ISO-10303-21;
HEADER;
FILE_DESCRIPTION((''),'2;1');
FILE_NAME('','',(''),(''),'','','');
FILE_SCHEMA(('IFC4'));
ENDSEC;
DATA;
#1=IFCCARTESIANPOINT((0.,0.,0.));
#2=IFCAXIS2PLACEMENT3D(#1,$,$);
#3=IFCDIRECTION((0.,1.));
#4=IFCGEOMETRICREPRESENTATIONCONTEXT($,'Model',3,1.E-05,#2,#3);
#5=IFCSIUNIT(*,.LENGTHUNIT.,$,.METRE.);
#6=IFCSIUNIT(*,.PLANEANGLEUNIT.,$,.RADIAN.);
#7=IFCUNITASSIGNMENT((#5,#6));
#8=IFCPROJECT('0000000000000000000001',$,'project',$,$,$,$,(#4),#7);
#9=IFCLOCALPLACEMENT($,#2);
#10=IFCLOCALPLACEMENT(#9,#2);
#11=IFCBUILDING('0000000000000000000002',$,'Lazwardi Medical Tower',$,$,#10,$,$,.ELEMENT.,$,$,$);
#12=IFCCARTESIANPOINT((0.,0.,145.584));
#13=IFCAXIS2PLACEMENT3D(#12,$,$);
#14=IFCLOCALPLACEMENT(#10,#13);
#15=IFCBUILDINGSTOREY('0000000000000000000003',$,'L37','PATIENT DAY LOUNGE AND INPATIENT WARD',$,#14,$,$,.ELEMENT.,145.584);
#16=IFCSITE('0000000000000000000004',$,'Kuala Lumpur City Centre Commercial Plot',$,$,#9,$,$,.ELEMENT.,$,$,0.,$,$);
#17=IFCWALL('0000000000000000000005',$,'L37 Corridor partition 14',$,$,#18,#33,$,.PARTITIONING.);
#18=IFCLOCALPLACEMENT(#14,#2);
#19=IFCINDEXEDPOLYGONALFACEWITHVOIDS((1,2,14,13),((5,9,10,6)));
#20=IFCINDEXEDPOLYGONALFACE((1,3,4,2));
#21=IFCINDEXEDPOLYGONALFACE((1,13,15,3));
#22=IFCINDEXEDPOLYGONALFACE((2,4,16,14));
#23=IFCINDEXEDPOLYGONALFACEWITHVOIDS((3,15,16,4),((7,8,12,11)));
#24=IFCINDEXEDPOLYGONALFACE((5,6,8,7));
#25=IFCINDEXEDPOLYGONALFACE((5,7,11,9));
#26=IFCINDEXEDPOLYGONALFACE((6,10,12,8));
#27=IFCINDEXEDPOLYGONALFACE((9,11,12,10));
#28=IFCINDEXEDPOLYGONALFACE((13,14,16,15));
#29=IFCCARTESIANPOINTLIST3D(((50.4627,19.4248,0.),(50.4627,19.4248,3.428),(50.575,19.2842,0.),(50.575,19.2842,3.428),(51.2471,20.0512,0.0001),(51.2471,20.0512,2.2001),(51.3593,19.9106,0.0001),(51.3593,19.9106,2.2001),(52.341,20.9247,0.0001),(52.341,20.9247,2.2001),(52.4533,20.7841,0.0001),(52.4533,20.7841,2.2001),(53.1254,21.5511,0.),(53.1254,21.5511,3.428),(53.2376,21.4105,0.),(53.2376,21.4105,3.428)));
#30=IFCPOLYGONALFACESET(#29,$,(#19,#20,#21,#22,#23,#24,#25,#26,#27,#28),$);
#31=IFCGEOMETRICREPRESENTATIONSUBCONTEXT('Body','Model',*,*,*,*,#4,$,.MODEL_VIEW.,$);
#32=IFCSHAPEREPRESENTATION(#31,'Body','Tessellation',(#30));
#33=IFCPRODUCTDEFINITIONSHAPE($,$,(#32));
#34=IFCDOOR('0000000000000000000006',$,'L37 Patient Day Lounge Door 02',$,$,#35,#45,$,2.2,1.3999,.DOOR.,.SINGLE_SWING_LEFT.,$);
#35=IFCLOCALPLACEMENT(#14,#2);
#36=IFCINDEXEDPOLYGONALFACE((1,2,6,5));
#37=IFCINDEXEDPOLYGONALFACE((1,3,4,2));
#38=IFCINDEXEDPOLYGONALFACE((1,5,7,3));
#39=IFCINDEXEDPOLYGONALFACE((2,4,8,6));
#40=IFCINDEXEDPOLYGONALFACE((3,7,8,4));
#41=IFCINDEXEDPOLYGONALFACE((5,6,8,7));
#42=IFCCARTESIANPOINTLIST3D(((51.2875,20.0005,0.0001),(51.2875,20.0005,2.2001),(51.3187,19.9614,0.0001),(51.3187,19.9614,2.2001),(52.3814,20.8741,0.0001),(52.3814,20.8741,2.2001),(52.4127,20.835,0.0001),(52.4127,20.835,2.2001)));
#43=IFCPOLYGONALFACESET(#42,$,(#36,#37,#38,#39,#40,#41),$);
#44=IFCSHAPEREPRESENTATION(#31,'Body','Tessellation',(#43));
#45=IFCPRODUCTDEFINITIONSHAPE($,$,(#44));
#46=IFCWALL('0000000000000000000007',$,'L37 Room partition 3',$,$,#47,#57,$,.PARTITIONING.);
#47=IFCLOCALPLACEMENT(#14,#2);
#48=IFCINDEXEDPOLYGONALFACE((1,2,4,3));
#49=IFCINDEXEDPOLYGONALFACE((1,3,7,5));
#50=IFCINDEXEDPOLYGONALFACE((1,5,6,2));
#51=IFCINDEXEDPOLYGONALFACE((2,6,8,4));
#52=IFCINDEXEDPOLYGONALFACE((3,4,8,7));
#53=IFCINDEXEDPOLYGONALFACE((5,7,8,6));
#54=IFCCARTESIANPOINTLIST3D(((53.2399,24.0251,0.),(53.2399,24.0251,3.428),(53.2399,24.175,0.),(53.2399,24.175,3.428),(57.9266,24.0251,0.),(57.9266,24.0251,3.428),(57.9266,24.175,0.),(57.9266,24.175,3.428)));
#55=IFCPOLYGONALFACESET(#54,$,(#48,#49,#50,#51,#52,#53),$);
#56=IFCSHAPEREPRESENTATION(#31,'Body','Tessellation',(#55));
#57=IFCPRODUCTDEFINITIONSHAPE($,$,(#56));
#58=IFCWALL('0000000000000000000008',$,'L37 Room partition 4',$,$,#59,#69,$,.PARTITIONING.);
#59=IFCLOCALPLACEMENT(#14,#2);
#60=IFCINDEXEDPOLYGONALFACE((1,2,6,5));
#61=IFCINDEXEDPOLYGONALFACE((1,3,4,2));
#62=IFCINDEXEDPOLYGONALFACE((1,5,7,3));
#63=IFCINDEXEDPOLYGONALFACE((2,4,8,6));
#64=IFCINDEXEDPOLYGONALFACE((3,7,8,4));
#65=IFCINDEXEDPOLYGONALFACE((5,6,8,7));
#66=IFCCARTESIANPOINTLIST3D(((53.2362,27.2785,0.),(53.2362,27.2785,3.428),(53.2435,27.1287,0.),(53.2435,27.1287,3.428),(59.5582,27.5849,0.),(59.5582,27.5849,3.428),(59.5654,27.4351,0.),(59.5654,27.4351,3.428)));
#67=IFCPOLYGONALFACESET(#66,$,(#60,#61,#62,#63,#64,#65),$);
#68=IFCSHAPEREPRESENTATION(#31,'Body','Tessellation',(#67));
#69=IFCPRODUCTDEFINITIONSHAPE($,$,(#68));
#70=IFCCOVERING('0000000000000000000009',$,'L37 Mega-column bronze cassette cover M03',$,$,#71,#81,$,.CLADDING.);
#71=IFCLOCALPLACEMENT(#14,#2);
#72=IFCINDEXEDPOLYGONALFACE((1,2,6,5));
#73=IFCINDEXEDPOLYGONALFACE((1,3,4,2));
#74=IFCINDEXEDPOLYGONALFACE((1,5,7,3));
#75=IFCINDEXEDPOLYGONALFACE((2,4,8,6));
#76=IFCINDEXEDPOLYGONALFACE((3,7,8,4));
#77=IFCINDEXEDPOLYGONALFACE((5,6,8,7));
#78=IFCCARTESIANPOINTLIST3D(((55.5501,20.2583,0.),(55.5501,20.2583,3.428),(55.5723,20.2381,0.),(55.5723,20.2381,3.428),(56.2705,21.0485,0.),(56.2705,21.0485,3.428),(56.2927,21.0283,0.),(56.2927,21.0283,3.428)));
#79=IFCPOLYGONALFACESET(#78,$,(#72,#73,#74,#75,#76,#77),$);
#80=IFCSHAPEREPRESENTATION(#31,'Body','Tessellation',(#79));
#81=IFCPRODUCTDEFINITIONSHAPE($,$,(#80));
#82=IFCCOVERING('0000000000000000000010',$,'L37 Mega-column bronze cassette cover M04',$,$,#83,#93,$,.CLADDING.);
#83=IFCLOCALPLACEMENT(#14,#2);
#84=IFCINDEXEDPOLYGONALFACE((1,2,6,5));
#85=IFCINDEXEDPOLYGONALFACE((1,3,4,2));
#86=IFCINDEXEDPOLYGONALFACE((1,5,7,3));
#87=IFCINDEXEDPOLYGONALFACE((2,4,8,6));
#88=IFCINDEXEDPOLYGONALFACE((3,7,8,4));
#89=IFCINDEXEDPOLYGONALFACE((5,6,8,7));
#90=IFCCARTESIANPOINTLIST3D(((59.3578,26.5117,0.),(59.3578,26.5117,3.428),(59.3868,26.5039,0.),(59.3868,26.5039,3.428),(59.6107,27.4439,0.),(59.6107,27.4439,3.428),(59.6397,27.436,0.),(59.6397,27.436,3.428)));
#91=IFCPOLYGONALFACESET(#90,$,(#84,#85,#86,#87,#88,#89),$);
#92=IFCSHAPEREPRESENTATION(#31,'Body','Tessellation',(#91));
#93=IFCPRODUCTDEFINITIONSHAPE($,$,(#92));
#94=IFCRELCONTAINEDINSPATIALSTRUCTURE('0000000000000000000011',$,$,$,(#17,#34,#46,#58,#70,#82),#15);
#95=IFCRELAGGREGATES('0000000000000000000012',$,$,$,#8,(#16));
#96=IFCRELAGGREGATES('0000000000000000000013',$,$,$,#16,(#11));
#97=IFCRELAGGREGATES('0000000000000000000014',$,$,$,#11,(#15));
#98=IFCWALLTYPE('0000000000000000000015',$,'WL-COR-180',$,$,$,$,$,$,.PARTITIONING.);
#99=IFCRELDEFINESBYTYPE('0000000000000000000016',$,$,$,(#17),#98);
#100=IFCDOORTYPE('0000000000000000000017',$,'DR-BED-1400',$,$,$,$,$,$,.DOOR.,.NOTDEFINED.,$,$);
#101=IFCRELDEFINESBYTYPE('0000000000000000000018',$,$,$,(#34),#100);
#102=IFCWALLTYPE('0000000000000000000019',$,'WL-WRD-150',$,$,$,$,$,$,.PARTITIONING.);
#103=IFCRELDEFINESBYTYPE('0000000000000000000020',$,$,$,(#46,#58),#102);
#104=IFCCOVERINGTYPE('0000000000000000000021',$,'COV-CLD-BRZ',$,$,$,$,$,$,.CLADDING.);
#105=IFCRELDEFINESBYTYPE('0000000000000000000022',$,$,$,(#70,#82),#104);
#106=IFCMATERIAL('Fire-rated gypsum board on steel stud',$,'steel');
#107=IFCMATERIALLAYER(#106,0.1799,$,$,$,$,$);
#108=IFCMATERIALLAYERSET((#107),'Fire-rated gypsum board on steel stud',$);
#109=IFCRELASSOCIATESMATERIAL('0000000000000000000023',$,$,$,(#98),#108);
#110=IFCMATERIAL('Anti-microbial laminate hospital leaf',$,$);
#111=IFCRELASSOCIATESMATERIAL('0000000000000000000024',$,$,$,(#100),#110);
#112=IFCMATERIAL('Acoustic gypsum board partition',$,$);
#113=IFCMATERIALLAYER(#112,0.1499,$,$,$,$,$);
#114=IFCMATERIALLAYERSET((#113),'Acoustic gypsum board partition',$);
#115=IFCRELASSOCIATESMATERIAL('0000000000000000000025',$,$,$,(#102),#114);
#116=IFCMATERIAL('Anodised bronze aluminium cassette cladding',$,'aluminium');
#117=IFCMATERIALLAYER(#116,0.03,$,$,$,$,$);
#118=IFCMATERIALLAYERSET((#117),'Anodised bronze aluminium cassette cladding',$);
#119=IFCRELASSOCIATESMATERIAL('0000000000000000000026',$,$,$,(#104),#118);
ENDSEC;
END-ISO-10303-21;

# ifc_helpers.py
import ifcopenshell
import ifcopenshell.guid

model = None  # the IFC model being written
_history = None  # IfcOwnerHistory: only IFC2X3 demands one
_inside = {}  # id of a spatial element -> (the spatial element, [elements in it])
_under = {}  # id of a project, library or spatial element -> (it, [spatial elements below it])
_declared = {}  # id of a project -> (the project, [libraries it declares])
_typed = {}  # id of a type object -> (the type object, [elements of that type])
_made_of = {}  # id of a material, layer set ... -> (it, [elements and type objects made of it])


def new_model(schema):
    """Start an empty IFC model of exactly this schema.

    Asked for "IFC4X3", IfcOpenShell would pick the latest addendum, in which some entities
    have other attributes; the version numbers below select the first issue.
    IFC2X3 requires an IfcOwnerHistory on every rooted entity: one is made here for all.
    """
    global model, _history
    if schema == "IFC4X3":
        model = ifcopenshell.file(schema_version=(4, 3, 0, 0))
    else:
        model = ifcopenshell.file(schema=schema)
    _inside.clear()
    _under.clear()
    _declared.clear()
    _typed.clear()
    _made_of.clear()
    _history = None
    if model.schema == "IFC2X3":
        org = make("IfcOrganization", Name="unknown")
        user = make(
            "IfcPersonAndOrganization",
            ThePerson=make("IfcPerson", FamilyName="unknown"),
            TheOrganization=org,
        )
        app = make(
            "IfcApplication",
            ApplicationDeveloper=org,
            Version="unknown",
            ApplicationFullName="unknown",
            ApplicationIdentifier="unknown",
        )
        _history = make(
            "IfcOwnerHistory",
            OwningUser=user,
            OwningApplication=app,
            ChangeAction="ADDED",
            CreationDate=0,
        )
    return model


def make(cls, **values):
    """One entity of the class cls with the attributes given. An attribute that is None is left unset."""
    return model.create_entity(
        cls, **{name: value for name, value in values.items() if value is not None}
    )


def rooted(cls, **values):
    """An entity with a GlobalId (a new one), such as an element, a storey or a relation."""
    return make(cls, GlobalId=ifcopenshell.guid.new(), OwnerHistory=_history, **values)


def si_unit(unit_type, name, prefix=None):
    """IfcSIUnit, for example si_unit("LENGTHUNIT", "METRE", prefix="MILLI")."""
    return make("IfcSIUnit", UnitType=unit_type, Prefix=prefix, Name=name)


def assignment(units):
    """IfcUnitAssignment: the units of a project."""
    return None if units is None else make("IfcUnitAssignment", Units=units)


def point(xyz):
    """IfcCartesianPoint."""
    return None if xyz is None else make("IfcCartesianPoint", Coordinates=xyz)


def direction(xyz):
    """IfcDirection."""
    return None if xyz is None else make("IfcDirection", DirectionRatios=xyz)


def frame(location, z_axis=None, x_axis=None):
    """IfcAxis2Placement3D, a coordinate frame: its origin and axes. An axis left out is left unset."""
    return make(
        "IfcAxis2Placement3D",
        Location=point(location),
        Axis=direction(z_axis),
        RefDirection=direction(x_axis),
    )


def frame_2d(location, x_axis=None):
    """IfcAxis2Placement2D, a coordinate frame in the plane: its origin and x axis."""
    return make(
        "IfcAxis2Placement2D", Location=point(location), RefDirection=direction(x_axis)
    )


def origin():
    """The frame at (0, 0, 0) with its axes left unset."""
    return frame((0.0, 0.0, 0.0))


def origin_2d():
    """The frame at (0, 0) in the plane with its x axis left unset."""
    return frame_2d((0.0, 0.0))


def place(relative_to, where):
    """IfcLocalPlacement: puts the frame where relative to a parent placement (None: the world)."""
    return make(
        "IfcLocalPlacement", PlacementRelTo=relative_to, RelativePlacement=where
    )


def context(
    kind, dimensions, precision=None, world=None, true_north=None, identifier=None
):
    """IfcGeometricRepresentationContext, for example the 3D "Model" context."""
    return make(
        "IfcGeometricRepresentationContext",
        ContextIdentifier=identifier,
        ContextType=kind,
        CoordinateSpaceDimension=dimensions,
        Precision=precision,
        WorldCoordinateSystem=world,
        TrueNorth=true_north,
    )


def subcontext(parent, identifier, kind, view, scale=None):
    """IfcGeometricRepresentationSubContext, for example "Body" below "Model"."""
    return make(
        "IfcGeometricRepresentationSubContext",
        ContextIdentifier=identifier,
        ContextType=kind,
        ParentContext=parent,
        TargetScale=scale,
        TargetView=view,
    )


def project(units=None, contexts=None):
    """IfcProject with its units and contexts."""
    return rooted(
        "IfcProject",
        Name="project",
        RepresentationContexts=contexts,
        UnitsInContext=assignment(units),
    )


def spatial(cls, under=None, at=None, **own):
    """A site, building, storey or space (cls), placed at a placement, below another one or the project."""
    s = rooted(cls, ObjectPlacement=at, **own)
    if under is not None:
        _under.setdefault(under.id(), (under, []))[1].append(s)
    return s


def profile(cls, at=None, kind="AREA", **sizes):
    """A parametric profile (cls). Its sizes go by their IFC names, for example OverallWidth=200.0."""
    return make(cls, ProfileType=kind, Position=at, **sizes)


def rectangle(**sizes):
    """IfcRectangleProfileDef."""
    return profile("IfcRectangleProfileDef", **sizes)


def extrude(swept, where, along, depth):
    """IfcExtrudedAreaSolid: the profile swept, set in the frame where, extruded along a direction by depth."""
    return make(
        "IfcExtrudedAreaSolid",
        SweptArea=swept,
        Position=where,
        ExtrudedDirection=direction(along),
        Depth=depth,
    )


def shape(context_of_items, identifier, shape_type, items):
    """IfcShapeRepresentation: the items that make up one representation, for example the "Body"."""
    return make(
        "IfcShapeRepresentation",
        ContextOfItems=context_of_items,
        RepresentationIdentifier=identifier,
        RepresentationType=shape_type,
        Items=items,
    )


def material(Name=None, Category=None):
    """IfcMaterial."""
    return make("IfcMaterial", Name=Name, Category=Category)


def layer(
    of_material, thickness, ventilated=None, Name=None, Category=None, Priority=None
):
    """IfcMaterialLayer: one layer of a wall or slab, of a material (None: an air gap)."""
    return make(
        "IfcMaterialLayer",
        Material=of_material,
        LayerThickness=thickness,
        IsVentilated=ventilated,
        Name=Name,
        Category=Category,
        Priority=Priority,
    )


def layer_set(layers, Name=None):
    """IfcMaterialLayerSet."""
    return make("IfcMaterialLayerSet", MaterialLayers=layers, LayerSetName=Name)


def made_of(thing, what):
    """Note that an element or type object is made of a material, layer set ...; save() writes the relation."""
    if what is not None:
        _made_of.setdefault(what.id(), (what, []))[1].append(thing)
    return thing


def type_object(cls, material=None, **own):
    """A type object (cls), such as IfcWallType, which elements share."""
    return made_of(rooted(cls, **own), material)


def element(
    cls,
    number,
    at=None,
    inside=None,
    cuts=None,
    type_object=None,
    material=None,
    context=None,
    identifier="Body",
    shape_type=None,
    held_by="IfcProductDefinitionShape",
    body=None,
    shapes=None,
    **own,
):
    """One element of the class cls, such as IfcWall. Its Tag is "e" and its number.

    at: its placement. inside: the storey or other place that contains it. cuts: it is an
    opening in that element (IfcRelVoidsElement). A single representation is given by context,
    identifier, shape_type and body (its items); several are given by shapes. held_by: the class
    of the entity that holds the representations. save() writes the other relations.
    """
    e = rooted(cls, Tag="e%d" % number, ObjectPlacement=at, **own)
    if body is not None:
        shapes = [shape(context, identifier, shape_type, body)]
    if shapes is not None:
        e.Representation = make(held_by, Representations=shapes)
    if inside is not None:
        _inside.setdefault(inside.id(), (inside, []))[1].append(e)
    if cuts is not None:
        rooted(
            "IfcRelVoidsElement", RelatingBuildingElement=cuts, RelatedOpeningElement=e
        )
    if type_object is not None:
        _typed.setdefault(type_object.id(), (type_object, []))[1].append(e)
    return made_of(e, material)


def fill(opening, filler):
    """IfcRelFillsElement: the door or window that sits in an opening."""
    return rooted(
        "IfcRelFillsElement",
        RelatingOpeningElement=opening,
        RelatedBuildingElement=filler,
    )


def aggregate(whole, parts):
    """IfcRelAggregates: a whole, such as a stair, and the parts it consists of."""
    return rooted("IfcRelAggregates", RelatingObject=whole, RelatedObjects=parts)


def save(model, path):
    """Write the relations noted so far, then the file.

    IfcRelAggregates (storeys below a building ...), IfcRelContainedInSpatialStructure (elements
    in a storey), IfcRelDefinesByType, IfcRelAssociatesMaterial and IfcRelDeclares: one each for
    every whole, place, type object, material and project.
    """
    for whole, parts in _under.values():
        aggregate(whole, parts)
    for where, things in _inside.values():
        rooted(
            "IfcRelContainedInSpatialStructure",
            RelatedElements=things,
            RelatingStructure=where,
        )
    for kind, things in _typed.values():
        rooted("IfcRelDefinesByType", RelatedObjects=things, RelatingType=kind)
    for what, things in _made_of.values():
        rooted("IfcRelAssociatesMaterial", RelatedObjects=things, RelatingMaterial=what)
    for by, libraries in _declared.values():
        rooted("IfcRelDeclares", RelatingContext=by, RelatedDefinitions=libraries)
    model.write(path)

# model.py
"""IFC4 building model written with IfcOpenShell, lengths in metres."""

from ifc_helpers import new_model, si_unit, direction, frame, frame_2d, origin, origin_2d, place, context, subcontext, project, spatial, rectangle, extrude, material, layer, layer_set, type_object, element, fill, save


model = new_model("IFC4")

# Units and contexts
model_context = context("Model", 3, precision=1e-05, world=origin(), true_north=direction((0.0, 1.0)))
body_context = subcontext(model_context, "Body", "Model", "MODEL_VIEW")
ifc_project = project(units=[si_unit("LENGTHUNIT", "METRE"), si_unit("PLANEANGLEUNIT", "RADIAN")], contexts=[model_context])

# Site, building, storey
site_placement = place(None, origin())
site = spatial("IfcSite", under=ifc_project, at=site_placement, Name="Kuala Lumpur City Centre Commercial Plot", CompositionType="ELEMENT", RefElevation=0.0)
building_placement = place(site_placement, origin())
building = spatial("IfcBuilding", under=site, at=building_placement, Name="Lazwardi Medical Tower", CompositionType="ELEMENT")
storey_placement = place(building_placement, frame((0.0, 0.0, 145.584)))
storey = spatial("IfcBuildingStorey", under=building, at=storey_placement, Name="L37", Description="PATIENT DAY LOUNGE AND INPATIENT WARD", CompositionType="ELEMENT", Elevation=145.584)

# Wall, opening, door
ifc_material_1 = material(Name="Fire-rated gypsum board on steel stud", Category="steel")
ifc_layer_1 = layer(ifc_material_1, 0.1799)
ifc_layer_set_1 = layer_set([ifc_layer_1], Name="Fire-rated gypsum board on steel stud")
wall_type_1 = type_object("IfcWallType", Name="WL-COR-180", PredefinedType="PARTITIONING", material=ifc_layer_set_1)
wall_1_placement = place(storey_placement, frame((53.1814, 21.4807, 0.0), z_axis=(0.0, 0.0, 1.0), x_axis=(-0.781421, -0.624005, 0.0)))
wall_1 = element("IfcWall", 1, at=wall_1_placement, inside=storey, type_object=wall_type_1, Name="L37 Corridor partition 14", PredefinedType="PARTITIONING", context=body_context, shape_type="SweptSolid", body=[
    extrude(rectangle(XDim=3.4075, YDim=0.1799, at=frame_2d((1.7036, 0.0))), origin(), (0.0, 0.0, 1.0), 3.428),
])
opening_placement = place(wall_1_placement, frame((1.0037, 0.0, 0.0)))
opening = element("IfcOpeningElement", 2, at=opening_placement, cuts=wall_1, PredefinedType="OPENING", context=body_context, shape_type="SweptSolid", body=[
    extrude(rectangle(XDim=1.3999, YDim=2.2, at=frame_2d((0.7, 1.1001))), frame((0.0, 0.0999, 0.0), z_axis=(0.0, -1.0, 0.0), x_axis=(1.0, 0.0, 0.0)), (0.0, 0.0, 1.0), 0.2),
])
ifc_material_2 = material(Name="Anti-microbial laminate hospital leaf")
door_type = type_object("IfcDoorType", Name="DR-BED-1400", OperationType="NOTDEFINED", PredefinedType="DOOR", material=ifc_material_2)
door_placement = place(opening_placement, origin())
door = element("IfcDoor", 3, at=door_placement, inside=storey, type_object=door_type, Name="L37 Patient Day Lounge Door 02", OperationType="SINGLE_SWING_LEFT", OverallHeight=2.2, OverallWidth=1.3999, PredefinedType="DOOR", context=body_context, shape_type="SweptSolid", body=[
    extrude(rectangle(XDim=1.3999, YDim=2.2, at=frame_2d((0.7, 1.1001))), frame((0.0, 0.0249, 0.0), z_axis=(0.0, -1.0, 0.0), x_axis=(1.0, 0.0, 0.0)), (0.0, 0.0, 1.0), 0.05),
])
fill(opening, door)

# Walls
ifc_material_3 = material(Name="Acoustic gypsum board partition")
ifc_layer_2 = layer(ifc_material_3, 0.1499)
ifc_layer_set_2 = layer_set([ifc_layer_2], Name="Acoustic gypsum board partition")
wall_type_2 = type_object("IfcWallType", Name="WL-WRD-150", PredefinedType="PARTITIONING", material=ifc_layer_set_2)
wall_2_placement = place(storey_placement, frame((53.24, 24.1001, 0.0), z_axis=(0.0, 0.0, 1.0), x_axis=(1.0, 0.0, 0.0)))
element("IfcWall", 4, at=wall_2_placement, inside=storey, type_object=wall_type_2, Name="L37 Room partition 3", PredefinedType="PARTITIONING", context=body_context, shape_type="SweptSolid", body=[
    extrude(rectangle(XDim=4.6868, YDim=0.1499, at=frame_2d((2.3433, 0.0))), origin(), (0.0, 0.0, 1.0), 3.428),
])
wall_3_placement = place(storey_placement, frame((53.24, 27.2036, 0.0), z_axis=(0.0, 0.0, 1.0), x_axis=(0.998828, 0.048408, 0.0)))
element("IfcWall", 5, at=wall_3_placement, inside=storey, type_object=wall_type_2, Name="L37 Room partition 4", PredefinedType="PARTITIONING", context=body_context, shape_type="SweptSolid", body=[
    extrude(rectangle(XDim=6.3293, YDim=0.1499, at=frame_2d((3.1646, 0.0))), origin(), (0.0, 0.0, 1.0), 3.428),
])

# Coverings
ifc_material_4 = material(Name="Anodised bronze aluminium cassette cladding", Category="aluminium")
ifc_layer_3 = layer(ifc_material_4, 0.03)
ifc_layer_set_3 = layer_set([ifc_layer_3], Name="Anodised bronze aluminium cassette cladding")
covering_type = type_object("IfcCoveringType", Name="COV-CLD-BRZ", PredefinedType="CLADDING", material=ifc_layer_set_3)
covering_1_placement = place(storey_placement, frame((55.9214, 20.6433, 0.0), z_axis=(0.0, 0.0, 1.0), x_axis=(0.673714, 0.738992, 0.0)))
element("IfcCovering", 6, at=covering_1_placement, inside=storey, type_object=covering_type, Name="L37 Mega-column bronze cassette cover M03", PredefinedType="CLADDING", context=body_context, shape_type="SweptSolid", body=[
    extrude(rectangle(XDim=1.0693, YDim=0.03, at=origin_2d()), origin(), (0.0, 0.0, 1.0), 3.428),
])
covering_2_placement = place(storey_placement, frame((59.4988, 26.9739, 0.0), z_axis=(0.0, 0.0, 1.0), x_axis=(0.261829, 0.965114, 0.0)))
element("IfcCovering", 7, at=covering_2_placement, inside=storey, type_object=covering_type, Name="L37 Mega-column bronze cassette cover M04", PredefinedType="CLADDING", context=body_context, shape_type="SweptSolid", body=[
    extrude(rectangle(XDim=0.9658, YDim=0.03, at=origin_2d()), origin(), (0.0, 0.0, 1.0), 3.428),
])

save(model, "model.ifc")
